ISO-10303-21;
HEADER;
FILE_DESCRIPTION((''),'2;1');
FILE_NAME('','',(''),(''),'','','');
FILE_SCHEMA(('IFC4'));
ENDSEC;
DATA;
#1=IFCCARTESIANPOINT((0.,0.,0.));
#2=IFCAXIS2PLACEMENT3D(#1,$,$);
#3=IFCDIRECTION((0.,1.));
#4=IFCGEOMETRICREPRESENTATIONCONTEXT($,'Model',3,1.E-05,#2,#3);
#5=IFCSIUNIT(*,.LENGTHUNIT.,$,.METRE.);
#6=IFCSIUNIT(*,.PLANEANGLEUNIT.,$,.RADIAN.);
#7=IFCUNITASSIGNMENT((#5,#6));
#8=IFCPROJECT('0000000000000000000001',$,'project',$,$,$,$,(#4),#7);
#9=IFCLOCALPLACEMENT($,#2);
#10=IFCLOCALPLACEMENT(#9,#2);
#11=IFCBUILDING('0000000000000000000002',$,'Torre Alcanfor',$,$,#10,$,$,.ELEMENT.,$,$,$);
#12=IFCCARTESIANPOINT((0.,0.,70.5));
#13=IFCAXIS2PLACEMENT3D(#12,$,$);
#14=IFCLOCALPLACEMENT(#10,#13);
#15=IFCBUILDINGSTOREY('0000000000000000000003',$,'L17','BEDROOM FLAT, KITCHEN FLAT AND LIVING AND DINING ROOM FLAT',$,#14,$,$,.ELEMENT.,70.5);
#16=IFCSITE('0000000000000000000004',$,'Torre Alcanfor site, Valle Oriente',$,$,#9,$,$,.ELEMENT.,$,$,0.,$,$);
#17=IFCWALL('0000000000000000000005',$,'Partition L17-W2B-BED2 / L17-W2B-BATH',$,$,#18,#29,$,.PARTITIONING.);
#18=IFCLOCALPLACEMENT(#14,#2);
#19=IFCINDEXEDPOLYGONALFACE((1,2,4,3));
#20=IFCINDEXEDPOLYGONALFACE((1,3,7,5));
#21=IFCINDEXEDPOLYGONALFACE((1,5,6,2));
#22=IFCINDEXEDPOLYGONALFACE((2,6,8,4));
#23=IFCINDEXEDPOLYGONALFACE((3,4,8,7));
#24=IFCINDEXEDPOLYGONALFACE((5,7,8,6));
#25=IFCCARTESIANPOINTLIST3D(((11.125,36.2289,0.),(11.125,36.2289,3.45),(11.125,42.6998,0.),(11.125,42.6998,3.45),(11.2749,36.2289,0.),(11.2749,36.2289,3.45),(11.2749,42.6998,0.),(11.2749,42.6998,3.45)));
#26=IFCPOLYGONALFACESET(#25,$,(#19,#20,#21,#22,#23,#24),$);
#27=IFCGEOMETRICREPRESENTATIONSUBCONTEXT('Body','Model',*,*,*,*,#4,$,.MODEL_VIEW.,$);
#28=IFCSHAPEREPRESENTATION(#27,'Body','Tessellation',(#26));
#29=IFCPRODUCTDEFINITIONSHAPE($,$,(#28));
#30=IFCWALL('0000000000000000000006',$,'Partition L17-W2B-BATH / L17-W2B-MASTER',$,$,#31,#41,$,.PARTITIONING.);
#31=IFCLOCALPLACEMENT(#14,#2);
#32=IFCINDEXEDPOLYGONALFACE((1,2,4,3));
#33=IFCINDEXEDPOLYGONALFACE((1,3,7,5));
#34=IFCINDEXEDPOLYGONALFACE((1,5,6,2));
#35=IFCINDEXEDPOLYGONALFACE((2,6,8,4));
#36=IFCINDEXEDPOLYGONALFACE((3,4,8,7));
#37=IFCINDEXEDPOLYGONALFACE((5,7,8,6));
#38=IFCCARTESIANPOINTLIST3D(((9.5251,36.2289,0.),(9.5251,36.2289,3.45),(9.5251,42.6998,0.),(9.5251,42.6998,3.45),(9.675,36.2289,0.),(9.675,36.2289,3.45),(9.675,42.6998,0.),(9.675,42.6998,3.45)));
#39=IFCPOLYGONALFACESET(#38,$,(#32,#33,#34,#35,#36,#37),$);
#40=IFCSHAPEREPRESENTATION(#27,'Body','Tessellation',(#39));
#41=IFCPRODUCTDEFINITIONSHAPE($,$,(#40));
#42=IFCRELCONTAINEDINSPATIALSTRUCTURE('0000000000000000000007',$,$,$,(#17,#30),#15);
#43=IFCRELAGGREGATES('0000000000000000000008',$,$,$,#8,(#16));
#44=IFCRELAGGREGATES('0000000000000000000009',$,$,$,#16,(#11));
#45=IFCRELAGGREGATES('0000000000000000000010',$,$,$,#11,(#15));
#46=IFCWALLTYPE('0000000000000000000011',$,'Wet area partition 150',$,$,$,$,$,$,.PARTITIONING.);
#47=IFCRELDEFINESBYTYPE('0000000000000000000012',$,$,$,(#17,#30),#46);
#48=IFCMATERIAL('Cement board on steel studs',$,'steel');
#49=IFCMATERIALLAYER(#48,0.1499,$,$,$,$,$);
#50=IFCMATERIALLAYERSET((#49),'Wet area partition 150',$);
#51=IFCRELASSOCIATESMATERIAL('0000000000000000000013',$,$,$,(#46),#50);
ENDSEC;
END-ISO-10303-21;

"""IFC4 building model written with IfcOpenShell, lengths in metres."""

from ifc_helpers import new_model, si_unit, direction, frame, frame_2d, origin, place, context, subcontext, project, spatial, rectangle, extrude, material, layer, layer_set, type_object, element, save


model = new_model("IFC4")

# Units and contexts
model_context = context("Model", 3, precision=1e-05, world=origin(), true_north=direction((0.0, 1.0)))
body_context = subcontext(model_context, "Body", "Model", "MODEL_VIEW")
ifc_project = project(units=[si_unit("LENGTHUNIT", "METRE"), si_unit("PLANEANGLEUNIT", "RADIAN")], contexts=[model_context])

# Site, building, storey
site_placement = place(None, origin())
site = spatial("IfcSite", under=ifc_project, at=site_placement, Name="Torre Alcanfor site, Valle Oriente", CompositionType="ELEMENT", RefElevation=0.0)
building_placement = place(site_placement, origin())
building = spatial("IfcBuilding", under=site, at=building_placement, Name="Torre Alcanfor", CompositionType="ELEMENT")
storey_placement = place(building_placement, frame((0.0, 0.0, 70.5)))
storey = spatial("IfcBuildingStorey", under=building, at=storey_placement, Name="L17", Description="BEDROOM FLAT, KITCHEN FLAT AND LIVING AND DINING ROOM FLAT", CompositionType="ELEMENT", Elevation=70.5)

# Shared definitions
ifc_material_1 = material(Name="Cement board on steel studs", Category="steel")
ifc_layer_1 = layer(ifc_material_1, 0.1499)
ifc_layer_set_1 = layer_set([ifc_layer_1], Name="Wet area partition 150")
wall_type_1 = type_object("IfcWallType", Name="Wet area partition 150", PredefinedType="PARTITIONING", material=ifc_layer_set_1)

# Walls
for number, where, z_axis, x_axis, name in (
    (1, (11.2, 36.229, 0.0), (0.0, 0.0, 1.0), (0.0, 1.0, 0.0), "Partition L17-W2B-BED2 / L17-W2B-BATH"),
    (2, (9.6001, 36.229, 0.0), (0.0, 0.0, 1.0), (0.0, 1.0, 0.0), "Partition L17-W2B-BATH / L17-W2B-MASTER"),
):
    element("IfcWall", number, at=place(storey_placement, frame(where, z_axis=z_axis, x_axis=x_axis)), inside=storey, type_object=wall_type_1, Name=name, PredefinedType="PARTITIONING", context=body_context, shape_type="SweptSolid", body=[
        extrude(rectangle(XDim=6.4709, YDim=0.1499, at=frame_2d((3.2354, 0.0))), origin(), (0.0, 0.0, 1.0), 3.45),
    ])

save(model, "model.ifc")
